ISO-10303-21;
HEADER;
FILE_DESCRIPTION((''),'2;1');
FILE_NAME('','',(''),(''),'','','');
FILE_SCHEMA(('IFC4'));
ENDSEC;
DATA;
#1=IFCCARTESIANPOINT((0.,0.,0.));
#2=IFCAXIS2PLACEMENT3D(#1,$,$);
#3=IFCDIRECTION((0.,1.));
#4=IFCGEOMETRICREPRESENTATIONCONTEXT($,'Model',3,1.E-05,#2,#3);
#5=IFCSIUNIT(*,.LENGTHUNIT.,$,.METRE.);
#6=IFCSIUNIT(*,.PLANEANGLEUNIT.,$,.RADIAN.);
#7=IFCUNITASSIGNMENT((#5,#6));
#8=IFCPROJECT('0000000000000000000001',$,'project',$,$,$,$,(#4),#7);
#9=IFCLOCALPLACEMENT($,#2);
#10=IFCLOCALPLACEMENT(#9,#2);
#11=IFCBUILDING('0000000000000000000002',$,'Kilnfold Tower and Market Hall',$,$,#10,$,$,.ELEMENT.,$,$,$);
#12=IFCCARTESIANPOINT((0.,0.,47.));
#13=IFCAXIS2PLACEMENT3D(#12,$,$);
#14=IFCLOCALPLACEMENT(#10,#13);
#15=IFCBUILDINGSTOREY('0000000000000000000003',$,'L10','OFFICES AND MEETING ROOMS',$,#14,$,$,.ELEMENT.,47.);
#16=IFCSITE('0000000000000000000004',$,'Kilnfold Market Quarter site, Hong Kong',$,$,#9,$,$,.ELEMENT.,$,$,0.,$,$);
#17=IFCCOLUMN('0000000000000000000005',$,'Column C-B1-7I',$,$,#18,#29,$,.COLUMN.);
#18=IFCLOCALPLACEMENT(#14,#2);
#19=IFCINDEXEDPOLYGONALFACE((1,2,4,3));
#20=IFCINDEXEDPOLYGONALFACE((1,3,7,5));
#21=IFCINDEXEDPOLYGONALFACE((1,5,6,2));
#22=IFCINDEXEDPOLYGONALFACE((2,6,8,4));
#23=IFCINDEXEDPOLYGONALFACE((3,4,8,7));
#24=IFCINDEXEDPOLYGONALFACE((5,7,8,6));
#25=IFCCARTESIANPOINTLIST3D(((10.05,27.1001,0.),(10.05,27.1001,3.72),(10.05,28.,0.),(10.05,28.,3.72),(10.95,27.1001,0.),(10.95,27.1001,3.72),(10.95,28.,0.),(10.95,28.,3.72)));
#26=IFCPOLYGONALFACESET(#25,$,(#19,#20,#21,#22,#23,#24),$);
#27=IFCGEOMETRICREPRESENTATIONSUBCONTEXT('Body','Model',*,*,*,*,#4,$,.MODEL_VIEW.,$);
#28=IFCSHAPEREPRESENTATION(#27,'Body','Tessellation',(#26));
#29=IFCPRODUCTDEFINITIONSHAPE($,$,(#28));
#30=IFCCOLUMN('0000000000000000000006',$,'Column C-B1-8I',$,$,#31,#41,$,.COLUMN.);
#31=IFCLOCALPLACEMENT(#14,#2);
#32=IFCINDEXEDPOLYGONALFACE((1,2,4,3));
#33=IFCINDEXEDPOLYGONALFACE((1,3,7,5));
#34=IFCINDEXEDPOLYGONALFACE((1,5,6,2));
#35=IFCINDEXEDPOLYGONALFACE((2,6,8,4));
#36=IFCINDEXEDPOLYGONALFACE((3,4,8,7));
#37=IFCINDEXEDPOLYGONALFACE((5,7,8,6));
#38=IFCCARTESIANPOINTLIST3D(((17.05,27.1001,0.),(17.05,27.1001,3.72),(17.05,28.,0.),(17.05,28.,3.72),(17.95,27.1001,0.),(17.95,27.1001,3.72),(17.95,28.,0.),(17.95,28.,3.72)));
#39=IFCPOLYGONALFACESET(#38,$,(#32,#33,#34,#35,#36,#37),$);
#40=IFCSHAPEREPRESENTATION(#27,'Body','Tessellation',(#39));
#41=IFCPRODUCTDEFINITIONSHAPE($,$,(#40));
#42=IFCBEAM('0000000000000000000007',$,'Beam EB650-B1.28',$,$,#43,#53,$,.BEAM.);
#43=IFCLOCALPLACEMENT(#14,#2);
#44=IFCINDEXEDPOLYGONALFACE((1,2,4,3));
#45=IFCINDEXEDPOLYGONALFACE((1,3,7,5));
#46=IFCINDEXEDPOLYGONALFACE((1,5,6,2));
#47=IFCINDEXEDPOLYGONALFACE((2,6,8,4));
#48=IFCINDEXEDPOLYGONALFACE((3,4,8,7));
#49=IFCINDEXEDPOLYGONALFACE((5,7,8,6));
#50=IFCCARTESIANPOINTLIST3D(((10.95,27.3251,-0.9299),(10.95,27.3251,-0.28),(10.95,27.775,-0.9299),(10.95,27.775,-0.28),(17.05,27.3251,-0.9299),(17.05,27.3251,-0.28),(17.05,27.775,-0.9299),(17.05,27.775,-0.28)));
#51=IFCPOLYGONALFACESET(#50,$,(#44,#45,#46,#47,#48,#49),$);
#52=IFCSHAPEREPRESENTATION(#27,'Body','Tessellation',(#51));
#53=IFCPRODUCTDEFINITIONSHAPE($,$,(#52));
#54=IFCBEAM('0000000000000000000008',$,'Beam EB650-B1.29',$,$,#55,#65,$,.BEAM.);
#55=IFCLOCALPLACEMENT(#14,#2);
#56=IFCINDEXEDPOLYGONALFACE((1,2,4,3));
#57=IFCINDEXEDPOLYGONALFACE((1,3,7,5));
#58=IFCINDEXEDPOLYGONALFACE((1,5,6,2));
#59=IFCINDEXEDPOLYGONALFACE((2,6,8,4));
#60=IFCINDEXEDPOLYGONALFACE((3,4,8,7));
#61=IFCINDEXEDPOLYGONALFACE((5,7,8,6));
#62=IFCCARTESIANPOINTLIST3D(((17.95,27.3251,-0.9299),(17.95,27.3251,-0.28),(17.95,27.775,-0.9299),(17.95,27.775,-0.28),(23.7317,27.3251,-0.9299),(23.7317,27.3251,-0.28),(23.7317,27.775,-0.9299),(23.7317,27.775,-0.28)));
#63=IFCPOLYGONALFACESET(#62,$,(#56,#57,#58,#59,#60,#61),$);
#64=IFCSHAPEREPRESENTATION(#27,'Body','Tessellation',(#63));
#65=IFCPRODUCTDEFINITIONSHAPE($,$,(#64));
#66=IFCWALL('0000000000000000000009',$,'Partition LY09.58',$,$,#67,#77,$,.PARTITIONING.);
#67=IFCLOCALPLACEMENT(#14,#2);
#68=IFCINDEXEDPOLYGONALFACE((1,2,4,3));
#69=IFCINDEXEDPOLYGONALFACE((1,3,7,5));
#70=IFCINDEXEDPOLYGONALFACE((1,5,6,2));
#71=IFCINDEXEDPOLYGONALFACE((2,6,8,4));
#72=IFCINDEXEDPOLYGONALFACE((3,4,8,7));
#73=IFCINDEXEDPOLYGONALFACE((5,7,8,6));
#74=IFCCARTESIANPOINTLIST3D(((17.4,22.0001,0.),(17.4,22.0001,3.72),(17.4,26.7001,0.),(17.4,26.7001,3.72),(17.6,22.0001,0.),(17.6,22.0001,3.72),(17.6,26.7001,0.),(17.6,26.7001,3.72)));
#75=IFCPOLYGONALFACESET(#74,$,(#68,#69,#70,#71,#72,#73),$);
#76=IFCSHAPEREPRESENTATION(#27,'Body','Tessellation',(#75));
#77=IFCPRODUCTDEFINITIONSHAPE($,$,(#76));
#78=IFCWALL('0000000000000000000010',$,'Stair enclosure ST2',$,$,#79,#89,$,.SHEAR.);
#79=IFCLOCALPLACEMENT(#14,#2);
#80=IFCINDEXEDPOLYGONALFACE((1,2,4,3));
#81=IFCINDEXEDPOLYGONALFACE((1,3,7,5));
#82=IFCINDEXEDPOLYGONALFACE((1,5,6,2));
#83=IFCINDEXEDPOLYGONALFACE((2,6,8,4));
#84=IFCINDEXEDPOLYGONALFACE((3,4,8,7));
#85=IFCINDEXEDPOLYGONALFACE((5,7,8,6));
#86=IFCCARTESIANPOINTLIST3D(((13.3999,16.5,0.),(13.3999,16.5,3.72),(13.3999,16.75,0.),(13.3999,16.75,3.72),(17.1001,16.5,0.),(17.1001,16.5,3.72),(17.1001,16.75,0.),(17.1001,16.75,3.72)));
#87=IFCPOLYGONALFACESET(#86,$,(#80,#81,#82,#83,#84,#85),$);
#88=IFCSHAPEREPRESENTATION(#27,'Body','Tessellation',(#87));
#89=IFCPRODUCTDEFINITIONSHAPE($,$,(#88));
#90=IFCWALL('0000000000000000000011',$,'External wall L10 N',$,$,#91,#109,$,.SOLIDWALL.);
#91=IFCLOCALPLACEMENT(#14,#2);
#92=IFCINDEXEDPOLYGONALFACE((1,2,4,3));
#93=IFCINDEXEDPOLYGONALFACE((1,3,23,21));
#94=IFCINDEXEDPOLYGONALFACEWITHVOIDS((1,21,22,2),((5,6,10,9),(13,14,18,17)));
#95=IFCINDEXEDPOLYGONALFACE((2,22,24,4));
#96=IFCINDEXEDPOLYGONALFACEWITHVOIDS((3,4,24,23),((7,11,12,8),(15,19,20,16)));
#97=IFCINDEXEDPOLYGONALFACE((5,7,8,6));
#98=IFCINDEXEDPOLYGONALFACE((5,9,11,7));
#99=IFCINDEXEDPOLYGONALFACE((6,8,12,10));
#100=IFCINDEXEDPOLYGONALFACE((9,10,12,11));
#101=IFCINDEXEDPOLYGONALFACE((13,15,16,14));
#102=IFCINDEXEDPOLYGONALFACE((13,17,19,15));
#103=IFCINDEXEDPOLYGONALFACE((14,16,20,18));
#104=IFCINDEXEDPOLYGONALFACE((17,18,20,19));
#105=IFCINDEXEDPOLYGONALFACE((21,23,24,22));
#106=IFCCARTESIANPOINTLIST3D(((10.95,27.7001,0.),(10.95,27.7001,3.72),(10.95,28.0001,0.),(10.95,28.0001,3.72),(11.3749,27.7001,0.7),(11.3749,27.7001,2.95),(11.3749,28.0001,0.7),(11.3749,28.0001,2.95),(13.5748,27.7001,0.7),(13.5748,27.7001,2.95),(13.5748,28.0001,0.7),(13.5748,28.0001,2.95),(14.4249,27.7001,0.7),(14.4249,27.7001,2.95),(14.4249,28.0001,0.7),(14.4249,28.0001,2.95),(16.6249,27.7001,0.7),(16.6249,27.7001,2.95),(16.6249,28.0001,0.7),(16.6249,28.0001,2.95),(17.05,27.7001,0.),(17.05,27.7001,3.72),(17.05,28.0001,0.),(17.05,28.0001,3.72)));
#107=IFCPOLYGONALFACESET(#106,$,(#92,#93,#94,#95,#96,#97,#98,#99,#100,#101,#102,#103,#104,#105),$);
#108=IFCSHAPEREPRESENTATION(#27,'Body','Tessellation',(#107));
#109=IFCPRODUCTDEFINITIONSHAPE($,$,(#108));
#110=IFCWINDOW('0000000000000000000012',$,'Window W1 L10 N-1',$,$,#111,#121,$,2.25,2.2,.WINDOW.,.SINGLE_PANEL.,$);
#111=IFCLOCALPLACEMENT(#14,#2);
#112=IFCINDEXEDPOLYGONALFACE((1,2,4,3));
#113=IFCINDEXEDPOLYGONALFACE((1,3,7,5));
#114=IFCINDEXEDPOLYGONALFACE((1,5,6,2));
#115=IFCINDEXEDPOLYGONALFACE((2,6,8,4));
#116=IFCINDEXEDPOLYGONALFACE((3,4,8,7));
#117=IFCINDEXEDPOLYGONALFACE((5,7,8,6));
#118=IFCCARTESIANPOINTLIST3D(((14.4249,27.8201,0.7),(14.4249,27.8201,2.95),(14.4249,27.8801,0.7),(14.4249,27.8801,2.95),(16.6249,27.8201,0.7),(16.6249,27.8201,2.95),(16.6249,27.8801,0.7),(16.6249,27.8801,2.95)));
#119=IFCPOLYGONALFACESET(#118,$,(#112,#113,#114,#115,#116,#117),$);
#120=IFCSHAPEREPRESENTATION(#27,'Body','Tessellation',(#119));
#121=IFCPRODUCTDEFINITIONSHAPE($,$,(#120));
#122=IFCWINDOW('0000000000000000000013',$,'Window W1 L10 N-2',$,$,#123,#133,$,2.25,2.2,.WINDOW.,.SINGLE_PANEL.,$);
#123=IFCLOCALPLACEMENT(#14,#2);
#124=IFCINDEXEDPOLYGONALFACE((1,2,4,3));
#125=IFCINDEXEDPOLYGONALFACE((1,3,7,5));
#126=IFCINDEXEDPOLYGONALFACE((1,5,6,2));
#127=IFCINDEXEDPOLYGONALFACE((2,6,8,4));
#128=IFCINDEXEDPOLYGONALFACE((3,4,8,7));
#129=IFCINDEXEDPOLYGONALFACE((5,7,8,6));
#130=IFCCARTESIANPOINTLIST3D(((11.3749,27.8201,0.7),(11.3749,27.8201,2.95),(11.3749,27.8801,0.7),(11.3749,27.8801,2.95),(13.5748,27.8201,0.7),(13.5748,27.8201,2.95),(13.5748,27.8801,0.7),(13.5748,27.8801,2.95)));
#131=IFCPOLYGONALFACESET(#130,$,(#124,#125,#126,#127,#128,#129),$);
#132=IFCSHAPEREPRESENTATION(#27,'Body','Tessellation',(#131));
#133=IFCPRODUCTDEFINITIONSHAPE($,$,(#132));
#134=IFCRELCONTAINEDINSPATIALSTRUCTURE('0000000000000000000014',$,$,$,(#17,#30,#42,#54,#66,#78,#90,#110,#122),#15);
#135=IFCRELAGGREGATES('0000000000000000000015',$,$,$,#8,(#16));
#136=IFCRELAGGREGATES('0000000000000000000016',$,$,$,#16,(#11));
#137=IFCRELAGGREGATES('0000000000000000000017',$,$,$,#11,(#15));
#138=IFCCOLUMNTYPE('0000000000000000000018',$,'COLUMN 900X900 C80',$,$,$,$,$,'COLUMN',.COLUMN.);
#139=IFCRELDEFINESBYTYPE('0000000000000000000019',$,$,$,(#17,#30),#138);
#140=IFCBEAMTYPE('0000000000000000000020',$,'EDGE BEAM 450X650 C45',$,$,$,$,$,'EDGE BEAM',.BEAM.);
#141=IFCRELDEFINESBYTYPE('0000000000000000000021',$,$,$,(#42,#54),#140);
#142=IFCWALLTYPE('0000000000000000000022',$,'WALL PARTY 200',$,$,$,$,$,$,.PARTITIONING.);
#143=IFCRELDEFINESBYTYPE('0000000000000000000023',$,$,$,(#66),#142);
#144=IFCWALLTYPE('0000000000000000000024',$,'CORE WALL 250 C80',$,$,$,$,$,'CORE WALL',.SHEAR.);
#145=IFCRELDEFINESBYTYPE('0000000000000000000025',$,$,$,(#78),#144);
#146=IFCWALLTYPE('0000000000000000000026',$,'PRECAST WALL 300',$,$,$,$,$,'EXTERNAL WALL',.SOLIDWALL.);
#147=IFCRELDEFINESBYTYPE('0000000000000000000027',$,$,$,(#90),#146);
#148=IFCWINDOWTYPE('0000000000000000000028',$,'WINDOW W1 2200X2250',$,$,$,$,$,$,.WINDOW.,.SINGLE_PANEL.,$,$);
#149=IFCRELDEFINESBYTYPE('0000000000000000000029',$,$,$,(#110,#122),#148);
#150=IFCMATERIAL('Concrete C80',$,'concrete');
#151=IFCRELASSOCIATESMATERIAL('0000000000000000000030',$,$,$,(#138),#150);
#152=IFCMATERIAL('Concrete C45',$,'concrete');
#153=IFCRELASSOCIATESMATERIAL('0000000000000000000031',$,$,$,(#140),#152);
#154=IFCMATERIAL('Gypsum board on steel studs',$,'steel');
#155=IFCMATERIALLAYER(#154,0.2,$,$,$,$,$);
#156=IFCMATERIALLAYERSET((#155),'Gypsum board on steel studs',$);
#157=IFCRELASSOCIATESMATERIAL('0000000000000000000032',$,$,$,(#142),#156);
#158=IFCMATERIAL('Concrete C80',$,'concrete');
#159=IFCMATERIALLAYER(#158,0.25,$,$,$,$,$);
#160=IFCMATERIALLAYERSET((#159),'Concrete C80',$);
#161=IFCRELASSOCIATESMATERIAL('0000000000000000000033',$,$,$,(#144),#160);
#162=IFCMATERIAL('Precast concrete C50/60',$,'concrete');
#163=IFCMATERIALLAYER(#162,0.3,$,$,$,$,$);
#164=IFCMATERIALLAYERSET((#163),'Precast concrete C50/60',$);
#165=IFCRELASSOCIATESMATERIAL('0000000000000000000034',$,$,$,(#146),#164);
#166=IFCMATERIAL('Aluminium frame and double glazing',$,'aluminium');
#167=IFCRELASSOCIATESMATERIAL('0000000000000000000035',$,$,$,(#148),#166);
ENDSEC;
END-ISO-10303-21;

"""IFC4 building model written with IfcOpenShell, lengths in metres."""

from ifc_helpers import new_model, si_unit, direction, frame, frame_2d, origin, origin_2d, place, context, subcontext, project, spatial, rectangle, extrude, source, transform, mapped, material, layer, layer_set, material_profile, profile_set, type_object, element, fill, save


model = new_model("IFC4")

# Units and contexts
model_context = context("Model", 3, precision=1e-05, world=origin(), true_north=direction((0.0, 1.0)))
body_context = subcontext(model_context, "Body", "Model", "MODEL_VIEW")
ifc_project = project(units=[si_unit("LENGTHUNIT", "METRE"), si_unit("PLANEANGLEUNIT", "RADIAN")], contexts=[model_context])

# Site, building, storey
site_placement = place(None, origin())
site = spatial("IfcSite", under=ifc_project, at=site_placement, Name="Kilnfold Market Quarter site, Hong Kong", CompositionType="ELEMENT", RefElevation=0.0)
building_placement = place(site_placement, origin())
building = spatial("IfcBuilding", under=site, at=building_placement, Name="Kilnfold Tower and Market Hall", CompositionType="ELEMENT")
storey_placement = place(building_placement, frame((0.0, 0.0, 47.0)))
storey = spatial("IfcBuildingStorey", under=building, at=storey_placement, Name="L10", Description="OFFICES AND MEETING ROOMS", CompositionType="ELEMENT", Elevation=47.0)

# Columns
ifc_material_1 = material(Name="Concrete C80", Category="concrete")
ifc_material_profile_1 = material_profile(ifc_material_1, rectangle(XDim=0.8999, YDim=0.8999, at=origin_2d()), Name="RC 900x900")
ifc_profile_set_1 = profile_set([ifc_material_profile_1], Name="Concrete C80")
column_type = type_object("IfcColumnType", Name="COLUMN 900X900 C80", ElementType="COLUMN", PredefinedType="COLUMN", material=ifc_profile_set_1)
shared_shape_1 = source(origin(), body_context, "Body", "SweptSolid", [
    extrude(rectangle(XDim=0.8999, YDim=0.8999, at=origin_2d()), origin(), (0.0, 0.0, 1.0), 3.72),
])
for number, where, z_axis, x_axis, name in (
    (1, (10.5, 27.55, 0.0), (0.0, 0.0, 1.0), (1.0, 0.0, 0.0), "Column C-B1-7I"),
    (2, (17.5, 27.55, 0.0), (0.0, 0.0, 1.0), (1.0, 0.0, 0.0), "Column C-B1-8I"),
):
    element("IfcColumn", number, at=place(storey_placement, frame(where, z_axis=z_axis, x_axis=x_axis)), inside=storey, type_object=column_type, Name=name, PredefinedType="COLUMN", context=body_context, shape_type="MappedRepresentation", body=[
        mapped(shared_shape_1, transform((0.0, 0.0, 0.0))),
    ])

# Beams
ifc_material_2 = material(Name="Concrete C45", Category="concrete")
ifc_material_profile_2 = material_profile(ifc_material_2, rectangle(XDim=0.45, YDim=0.6499, at=origin_2d()), Name="RC 450x650")
ifc_profile_set_2 = profile_set([ifc_material_profile_2], Name="Concrete C45")
beam_type = type_object("IfcBeamType", Name="EDGE BEAM 450X650 C45", ElementType="EDGE BEAM", PredefinedType="BEAM", material=ifc_profile_set_2)
shared_shape_2 = source(origin(), body_context, "Body", "SweptSolid", [
    extrude(rectangle(XDim=0.45, YDim=0.6499, at=origin_2d()), origin(), (0.0, 0.0, 1.0), 6.1001),
])
beam_1_placement = place(storey_placement, frame((10.95, 27.55, -0.605), z_axis=(1.0, 0.0, 0.0), x_axis=(0.0, 1.0, 0.0)))
element("IfcBeam", 3, at=beam_1_placement, inside=storey, type_object=beam_type, Name="Beam EB650-B1.28", PredefinedType="BEAM", context=body_context, shape_type="MappedRepresentation", body=[
    mapped(shared_shape_2, transform((0.0, 0.0, 0.0))),
])
shared_shape_3 = source(origin(), body_context, "Body", "SweptSolid", [
    extrude(rectangle(XDim=0.45, YDim=0.6499, at=origin_2d()), origin(), (0.0, 0.0, 1.0), 5.7817),
])
beam_2_placement = place(storey_placement, frame((17.95, 27.55, -0.605), z_axis=(1.0, 0.0, 0.0), x_axis=(0.0, 1.0, 0.0)))
element("IfcBeam", 4, at=beam_2_placement, inside=storey, type_object=beam_type, Name="Beam EB650-B1.29", PredefinedType="BEAM", context=body_context, shape_type="MappedRepresentation", body=[
    mapped(shared_shape_3, transform((0.0, 0.0, 0.0))),
])

# Walls
ifc_material_3 = material(Name="Gypsum board on steel studs", Category="steel")
ifc_layer_1 = layer(ifc_material_3, 0.2)
ifc_layer_set_1 = layer_set([ifc_layer_1], Name="Gypsum board on steel studs")
wall_type_1 = type_object("IfcWallType", Name="WALL PARTY 200", PredefinedType="PARTITIONING", material=ifc_layer_set_1)
wall_1_placement = place(storey_placement, frame((17.5, 22.0, 0.0), z_axis=(0.0, 0.0, 1.0), x_axis=(0.0, 1.0, 0.0)))
element("IfcWall", 5, at=wall_1_placement, inside=storey, type_object=wall_type_1, Name="Partition LY09.58", PredefinedType="PARTITIONING", context=body_context, shape_type="SweptSolid", body=[
    extrude(rectangle(XDim=4.7, YDim=0.2, at=frame_2d((2.3501, 0.0))), origin(), (0.0, 0.0, 1.0), 3.72),
])
ifc_material_4 = material(Name="Concrete C80", Category="concrete")
ifc_layer_2 = layer(ifc_material_4, 0.25)
ifc_layer_set_2 = layer_set([ifc_layer_2], Name="Concrete C80")
wall_type_2 = type_object("IfcWallType", Name="CORE WALL 250 C80", ElementType="CORE WALL", PredefinedType="SHEAR", material=ifc_layer_set_2)
shared_shape_4 = source(origin(), body_context, "Body", "SweptSolid", [
    extrude(rectangle(XDim=3.7002, YDim=0.25, at=frame_2d((1.8501, 0.0))), origin(), (0.0, 0.0, 1.0), 3.72),
])
wall_2_placement = place(storey_placement, frame((13.3999, 16.625, 0.0), z_axis=(0.0, 0.0, 1.0), x_axis=(1.0, 0.0, 0.0)))
element("IfcWall", 6, at=wall_2_placement, inside=storey, type_object=wall_type_2, Name="Stair enclosure ST2", PredefinedType="SHEAR", context=body_context, shape_type="MappedRepresentation", body=[
    mapped(shared_shape_4, transform((0.0, 0.0, 0.0))),
])

# Wall, openings, windows
ifc_material_5 = material(Name="Precast concrete C50/60", Category="concrete")
ifc_layer_3 = layer(ifc_material_5, 0.3)
ifc_layer_set_3 = layer_set([ifc_layer_3], Name="Precast concrete C50/60")
wall_type_3 = type_object("IfcWallType", Name="PRECAST WALL 300", ElementType="EXTERNAL WALL", PredefinedType="SOLIDWALL", material=ifc_layer_set_3)
shared_shape_5 = source(origin(), body_context, "Body", "SweptSolid", [
    extrude(rectangle(XDim=6.1001, YDim=0.3, at=frame_2d((3.05, 0.0))), origin(), (0.0, 0.0, 1.0), 3.72),
])
wall_3_placement = place(storey_placement, frame((17.05, 27.8501, 0.0), z_axis=(0.0, 0.0, 1.0), x_axis=(-1.0, 0.0, 0.0)))
wall_3 = element("IfcWall", 7, at=wall_3_placement, inside=storey, type_object=wall_type_3, Name="External wall L10 N", PredefinedType="SOLIDWALL", context=body_context, shape_type="MappedRepresentation", body=[
    mapped(shared_shape_5, transform((0.0, 0.0, 0.0))),
])
opening_1_placement = place(wall_3_placement, frame((0.425, 0.0, 0.7)))
opening_1 = element("IfcOpeningElement", 8, at=opening_1_placement, cuts=wall_3, PredefinedType="OPENING", context=body_context, shape_type="SweptSolid", body=[
    extrude(rectangle(XDim=2.2, YDim=2.25, at=frame_2d((1.1001, 1.125))), frame((0.0, 0.1602, 0.0), z_axis=(0.0, -1.0, 0.0), x_axis=(1.0, 0.0, 0.0)), (0.0, 0.0, 1.0), 0.3201),
])
opening_2_placement = place(wall_3_placement, frame((3.4751, 0.0, 0.7)))
opening_2 = element("IfcOpeningElement", 9, at=opening_2_placement, cuts=wall_3, PredefinedType="OPENING", context=body_context, shape_type="SweptSolid", body=[
    extrude(rectangle(XDim=2.2, YDim=2.25, at=frame_2d((1.1001, 1.125))), frame((0.0, 0.1602, 0.0), z_axis=(0.0, -1.0, 0.0), x_axis=(1.0, 0.0, 0.0)), (0.0, 0.0, 1.0), 0.3201),
])
ifc_material_6 = material(Name="Aluminium frame and double glazing", Category="aluminium")
window_type = type_object("IfcWindowType", Name="WINDOW W1 2200X2250", PartitioningType="SINGLE_PANEL", PredefinedType="WINDOW", material=ifc_material_6)
window_1_placement = place(opening_1_placement, origin())
window_1 = element("IfcWindow", 10, at=window_1_placement, inside=storey, type_object=window_type, Name="Window W1 L10 N-1", OverallHeight=2.25, OverallWidth=2.2, PartitioningType="SINGLE_PANEL", PredefinedType="WINDOW", context=body_context, shape_type="SweptSolid", body=[
    extrude(rectangle(XDim=2.2, YDim=2.25, at=frame_2d((1.1001, 1.125))), frame((0.0, 0.03, 0.0), z_axis=(0.0, -1.0, 0.0), x_axis=(1.0, 0.0, 0.0)), (0.0, 0.0, 1.0), 0.0601),
])
fill(opening_1, window_1)
window_2_placement = place(opening_2_placement, origin())
window_2 = element("IfcWindow", 11, at=window_2_placement, inside=storey, type_object=window_type, Name="Window W1 L10 N-2", OverallHeight=2.25, OverallWidth=2.2, PartitioningType="SINGLE_PANEL", PredefinedType="WINDOW", context=body_context, shape_type="SweptSolid", body=[
    extrude(rectangle(XDim=2.2, YDim=2.25, at=frame_2d((1.1001, 1.125))), frame((0.0, 0.03, 0.0), z_axis=(0.0, -1.0, 0.0), x_axis=(1.0, 0.0, 0.0)), (0.0, 0.0, 1.0), 0.0601),
])
fill(opening_2, window_2)

save(model, "model.ifc")
